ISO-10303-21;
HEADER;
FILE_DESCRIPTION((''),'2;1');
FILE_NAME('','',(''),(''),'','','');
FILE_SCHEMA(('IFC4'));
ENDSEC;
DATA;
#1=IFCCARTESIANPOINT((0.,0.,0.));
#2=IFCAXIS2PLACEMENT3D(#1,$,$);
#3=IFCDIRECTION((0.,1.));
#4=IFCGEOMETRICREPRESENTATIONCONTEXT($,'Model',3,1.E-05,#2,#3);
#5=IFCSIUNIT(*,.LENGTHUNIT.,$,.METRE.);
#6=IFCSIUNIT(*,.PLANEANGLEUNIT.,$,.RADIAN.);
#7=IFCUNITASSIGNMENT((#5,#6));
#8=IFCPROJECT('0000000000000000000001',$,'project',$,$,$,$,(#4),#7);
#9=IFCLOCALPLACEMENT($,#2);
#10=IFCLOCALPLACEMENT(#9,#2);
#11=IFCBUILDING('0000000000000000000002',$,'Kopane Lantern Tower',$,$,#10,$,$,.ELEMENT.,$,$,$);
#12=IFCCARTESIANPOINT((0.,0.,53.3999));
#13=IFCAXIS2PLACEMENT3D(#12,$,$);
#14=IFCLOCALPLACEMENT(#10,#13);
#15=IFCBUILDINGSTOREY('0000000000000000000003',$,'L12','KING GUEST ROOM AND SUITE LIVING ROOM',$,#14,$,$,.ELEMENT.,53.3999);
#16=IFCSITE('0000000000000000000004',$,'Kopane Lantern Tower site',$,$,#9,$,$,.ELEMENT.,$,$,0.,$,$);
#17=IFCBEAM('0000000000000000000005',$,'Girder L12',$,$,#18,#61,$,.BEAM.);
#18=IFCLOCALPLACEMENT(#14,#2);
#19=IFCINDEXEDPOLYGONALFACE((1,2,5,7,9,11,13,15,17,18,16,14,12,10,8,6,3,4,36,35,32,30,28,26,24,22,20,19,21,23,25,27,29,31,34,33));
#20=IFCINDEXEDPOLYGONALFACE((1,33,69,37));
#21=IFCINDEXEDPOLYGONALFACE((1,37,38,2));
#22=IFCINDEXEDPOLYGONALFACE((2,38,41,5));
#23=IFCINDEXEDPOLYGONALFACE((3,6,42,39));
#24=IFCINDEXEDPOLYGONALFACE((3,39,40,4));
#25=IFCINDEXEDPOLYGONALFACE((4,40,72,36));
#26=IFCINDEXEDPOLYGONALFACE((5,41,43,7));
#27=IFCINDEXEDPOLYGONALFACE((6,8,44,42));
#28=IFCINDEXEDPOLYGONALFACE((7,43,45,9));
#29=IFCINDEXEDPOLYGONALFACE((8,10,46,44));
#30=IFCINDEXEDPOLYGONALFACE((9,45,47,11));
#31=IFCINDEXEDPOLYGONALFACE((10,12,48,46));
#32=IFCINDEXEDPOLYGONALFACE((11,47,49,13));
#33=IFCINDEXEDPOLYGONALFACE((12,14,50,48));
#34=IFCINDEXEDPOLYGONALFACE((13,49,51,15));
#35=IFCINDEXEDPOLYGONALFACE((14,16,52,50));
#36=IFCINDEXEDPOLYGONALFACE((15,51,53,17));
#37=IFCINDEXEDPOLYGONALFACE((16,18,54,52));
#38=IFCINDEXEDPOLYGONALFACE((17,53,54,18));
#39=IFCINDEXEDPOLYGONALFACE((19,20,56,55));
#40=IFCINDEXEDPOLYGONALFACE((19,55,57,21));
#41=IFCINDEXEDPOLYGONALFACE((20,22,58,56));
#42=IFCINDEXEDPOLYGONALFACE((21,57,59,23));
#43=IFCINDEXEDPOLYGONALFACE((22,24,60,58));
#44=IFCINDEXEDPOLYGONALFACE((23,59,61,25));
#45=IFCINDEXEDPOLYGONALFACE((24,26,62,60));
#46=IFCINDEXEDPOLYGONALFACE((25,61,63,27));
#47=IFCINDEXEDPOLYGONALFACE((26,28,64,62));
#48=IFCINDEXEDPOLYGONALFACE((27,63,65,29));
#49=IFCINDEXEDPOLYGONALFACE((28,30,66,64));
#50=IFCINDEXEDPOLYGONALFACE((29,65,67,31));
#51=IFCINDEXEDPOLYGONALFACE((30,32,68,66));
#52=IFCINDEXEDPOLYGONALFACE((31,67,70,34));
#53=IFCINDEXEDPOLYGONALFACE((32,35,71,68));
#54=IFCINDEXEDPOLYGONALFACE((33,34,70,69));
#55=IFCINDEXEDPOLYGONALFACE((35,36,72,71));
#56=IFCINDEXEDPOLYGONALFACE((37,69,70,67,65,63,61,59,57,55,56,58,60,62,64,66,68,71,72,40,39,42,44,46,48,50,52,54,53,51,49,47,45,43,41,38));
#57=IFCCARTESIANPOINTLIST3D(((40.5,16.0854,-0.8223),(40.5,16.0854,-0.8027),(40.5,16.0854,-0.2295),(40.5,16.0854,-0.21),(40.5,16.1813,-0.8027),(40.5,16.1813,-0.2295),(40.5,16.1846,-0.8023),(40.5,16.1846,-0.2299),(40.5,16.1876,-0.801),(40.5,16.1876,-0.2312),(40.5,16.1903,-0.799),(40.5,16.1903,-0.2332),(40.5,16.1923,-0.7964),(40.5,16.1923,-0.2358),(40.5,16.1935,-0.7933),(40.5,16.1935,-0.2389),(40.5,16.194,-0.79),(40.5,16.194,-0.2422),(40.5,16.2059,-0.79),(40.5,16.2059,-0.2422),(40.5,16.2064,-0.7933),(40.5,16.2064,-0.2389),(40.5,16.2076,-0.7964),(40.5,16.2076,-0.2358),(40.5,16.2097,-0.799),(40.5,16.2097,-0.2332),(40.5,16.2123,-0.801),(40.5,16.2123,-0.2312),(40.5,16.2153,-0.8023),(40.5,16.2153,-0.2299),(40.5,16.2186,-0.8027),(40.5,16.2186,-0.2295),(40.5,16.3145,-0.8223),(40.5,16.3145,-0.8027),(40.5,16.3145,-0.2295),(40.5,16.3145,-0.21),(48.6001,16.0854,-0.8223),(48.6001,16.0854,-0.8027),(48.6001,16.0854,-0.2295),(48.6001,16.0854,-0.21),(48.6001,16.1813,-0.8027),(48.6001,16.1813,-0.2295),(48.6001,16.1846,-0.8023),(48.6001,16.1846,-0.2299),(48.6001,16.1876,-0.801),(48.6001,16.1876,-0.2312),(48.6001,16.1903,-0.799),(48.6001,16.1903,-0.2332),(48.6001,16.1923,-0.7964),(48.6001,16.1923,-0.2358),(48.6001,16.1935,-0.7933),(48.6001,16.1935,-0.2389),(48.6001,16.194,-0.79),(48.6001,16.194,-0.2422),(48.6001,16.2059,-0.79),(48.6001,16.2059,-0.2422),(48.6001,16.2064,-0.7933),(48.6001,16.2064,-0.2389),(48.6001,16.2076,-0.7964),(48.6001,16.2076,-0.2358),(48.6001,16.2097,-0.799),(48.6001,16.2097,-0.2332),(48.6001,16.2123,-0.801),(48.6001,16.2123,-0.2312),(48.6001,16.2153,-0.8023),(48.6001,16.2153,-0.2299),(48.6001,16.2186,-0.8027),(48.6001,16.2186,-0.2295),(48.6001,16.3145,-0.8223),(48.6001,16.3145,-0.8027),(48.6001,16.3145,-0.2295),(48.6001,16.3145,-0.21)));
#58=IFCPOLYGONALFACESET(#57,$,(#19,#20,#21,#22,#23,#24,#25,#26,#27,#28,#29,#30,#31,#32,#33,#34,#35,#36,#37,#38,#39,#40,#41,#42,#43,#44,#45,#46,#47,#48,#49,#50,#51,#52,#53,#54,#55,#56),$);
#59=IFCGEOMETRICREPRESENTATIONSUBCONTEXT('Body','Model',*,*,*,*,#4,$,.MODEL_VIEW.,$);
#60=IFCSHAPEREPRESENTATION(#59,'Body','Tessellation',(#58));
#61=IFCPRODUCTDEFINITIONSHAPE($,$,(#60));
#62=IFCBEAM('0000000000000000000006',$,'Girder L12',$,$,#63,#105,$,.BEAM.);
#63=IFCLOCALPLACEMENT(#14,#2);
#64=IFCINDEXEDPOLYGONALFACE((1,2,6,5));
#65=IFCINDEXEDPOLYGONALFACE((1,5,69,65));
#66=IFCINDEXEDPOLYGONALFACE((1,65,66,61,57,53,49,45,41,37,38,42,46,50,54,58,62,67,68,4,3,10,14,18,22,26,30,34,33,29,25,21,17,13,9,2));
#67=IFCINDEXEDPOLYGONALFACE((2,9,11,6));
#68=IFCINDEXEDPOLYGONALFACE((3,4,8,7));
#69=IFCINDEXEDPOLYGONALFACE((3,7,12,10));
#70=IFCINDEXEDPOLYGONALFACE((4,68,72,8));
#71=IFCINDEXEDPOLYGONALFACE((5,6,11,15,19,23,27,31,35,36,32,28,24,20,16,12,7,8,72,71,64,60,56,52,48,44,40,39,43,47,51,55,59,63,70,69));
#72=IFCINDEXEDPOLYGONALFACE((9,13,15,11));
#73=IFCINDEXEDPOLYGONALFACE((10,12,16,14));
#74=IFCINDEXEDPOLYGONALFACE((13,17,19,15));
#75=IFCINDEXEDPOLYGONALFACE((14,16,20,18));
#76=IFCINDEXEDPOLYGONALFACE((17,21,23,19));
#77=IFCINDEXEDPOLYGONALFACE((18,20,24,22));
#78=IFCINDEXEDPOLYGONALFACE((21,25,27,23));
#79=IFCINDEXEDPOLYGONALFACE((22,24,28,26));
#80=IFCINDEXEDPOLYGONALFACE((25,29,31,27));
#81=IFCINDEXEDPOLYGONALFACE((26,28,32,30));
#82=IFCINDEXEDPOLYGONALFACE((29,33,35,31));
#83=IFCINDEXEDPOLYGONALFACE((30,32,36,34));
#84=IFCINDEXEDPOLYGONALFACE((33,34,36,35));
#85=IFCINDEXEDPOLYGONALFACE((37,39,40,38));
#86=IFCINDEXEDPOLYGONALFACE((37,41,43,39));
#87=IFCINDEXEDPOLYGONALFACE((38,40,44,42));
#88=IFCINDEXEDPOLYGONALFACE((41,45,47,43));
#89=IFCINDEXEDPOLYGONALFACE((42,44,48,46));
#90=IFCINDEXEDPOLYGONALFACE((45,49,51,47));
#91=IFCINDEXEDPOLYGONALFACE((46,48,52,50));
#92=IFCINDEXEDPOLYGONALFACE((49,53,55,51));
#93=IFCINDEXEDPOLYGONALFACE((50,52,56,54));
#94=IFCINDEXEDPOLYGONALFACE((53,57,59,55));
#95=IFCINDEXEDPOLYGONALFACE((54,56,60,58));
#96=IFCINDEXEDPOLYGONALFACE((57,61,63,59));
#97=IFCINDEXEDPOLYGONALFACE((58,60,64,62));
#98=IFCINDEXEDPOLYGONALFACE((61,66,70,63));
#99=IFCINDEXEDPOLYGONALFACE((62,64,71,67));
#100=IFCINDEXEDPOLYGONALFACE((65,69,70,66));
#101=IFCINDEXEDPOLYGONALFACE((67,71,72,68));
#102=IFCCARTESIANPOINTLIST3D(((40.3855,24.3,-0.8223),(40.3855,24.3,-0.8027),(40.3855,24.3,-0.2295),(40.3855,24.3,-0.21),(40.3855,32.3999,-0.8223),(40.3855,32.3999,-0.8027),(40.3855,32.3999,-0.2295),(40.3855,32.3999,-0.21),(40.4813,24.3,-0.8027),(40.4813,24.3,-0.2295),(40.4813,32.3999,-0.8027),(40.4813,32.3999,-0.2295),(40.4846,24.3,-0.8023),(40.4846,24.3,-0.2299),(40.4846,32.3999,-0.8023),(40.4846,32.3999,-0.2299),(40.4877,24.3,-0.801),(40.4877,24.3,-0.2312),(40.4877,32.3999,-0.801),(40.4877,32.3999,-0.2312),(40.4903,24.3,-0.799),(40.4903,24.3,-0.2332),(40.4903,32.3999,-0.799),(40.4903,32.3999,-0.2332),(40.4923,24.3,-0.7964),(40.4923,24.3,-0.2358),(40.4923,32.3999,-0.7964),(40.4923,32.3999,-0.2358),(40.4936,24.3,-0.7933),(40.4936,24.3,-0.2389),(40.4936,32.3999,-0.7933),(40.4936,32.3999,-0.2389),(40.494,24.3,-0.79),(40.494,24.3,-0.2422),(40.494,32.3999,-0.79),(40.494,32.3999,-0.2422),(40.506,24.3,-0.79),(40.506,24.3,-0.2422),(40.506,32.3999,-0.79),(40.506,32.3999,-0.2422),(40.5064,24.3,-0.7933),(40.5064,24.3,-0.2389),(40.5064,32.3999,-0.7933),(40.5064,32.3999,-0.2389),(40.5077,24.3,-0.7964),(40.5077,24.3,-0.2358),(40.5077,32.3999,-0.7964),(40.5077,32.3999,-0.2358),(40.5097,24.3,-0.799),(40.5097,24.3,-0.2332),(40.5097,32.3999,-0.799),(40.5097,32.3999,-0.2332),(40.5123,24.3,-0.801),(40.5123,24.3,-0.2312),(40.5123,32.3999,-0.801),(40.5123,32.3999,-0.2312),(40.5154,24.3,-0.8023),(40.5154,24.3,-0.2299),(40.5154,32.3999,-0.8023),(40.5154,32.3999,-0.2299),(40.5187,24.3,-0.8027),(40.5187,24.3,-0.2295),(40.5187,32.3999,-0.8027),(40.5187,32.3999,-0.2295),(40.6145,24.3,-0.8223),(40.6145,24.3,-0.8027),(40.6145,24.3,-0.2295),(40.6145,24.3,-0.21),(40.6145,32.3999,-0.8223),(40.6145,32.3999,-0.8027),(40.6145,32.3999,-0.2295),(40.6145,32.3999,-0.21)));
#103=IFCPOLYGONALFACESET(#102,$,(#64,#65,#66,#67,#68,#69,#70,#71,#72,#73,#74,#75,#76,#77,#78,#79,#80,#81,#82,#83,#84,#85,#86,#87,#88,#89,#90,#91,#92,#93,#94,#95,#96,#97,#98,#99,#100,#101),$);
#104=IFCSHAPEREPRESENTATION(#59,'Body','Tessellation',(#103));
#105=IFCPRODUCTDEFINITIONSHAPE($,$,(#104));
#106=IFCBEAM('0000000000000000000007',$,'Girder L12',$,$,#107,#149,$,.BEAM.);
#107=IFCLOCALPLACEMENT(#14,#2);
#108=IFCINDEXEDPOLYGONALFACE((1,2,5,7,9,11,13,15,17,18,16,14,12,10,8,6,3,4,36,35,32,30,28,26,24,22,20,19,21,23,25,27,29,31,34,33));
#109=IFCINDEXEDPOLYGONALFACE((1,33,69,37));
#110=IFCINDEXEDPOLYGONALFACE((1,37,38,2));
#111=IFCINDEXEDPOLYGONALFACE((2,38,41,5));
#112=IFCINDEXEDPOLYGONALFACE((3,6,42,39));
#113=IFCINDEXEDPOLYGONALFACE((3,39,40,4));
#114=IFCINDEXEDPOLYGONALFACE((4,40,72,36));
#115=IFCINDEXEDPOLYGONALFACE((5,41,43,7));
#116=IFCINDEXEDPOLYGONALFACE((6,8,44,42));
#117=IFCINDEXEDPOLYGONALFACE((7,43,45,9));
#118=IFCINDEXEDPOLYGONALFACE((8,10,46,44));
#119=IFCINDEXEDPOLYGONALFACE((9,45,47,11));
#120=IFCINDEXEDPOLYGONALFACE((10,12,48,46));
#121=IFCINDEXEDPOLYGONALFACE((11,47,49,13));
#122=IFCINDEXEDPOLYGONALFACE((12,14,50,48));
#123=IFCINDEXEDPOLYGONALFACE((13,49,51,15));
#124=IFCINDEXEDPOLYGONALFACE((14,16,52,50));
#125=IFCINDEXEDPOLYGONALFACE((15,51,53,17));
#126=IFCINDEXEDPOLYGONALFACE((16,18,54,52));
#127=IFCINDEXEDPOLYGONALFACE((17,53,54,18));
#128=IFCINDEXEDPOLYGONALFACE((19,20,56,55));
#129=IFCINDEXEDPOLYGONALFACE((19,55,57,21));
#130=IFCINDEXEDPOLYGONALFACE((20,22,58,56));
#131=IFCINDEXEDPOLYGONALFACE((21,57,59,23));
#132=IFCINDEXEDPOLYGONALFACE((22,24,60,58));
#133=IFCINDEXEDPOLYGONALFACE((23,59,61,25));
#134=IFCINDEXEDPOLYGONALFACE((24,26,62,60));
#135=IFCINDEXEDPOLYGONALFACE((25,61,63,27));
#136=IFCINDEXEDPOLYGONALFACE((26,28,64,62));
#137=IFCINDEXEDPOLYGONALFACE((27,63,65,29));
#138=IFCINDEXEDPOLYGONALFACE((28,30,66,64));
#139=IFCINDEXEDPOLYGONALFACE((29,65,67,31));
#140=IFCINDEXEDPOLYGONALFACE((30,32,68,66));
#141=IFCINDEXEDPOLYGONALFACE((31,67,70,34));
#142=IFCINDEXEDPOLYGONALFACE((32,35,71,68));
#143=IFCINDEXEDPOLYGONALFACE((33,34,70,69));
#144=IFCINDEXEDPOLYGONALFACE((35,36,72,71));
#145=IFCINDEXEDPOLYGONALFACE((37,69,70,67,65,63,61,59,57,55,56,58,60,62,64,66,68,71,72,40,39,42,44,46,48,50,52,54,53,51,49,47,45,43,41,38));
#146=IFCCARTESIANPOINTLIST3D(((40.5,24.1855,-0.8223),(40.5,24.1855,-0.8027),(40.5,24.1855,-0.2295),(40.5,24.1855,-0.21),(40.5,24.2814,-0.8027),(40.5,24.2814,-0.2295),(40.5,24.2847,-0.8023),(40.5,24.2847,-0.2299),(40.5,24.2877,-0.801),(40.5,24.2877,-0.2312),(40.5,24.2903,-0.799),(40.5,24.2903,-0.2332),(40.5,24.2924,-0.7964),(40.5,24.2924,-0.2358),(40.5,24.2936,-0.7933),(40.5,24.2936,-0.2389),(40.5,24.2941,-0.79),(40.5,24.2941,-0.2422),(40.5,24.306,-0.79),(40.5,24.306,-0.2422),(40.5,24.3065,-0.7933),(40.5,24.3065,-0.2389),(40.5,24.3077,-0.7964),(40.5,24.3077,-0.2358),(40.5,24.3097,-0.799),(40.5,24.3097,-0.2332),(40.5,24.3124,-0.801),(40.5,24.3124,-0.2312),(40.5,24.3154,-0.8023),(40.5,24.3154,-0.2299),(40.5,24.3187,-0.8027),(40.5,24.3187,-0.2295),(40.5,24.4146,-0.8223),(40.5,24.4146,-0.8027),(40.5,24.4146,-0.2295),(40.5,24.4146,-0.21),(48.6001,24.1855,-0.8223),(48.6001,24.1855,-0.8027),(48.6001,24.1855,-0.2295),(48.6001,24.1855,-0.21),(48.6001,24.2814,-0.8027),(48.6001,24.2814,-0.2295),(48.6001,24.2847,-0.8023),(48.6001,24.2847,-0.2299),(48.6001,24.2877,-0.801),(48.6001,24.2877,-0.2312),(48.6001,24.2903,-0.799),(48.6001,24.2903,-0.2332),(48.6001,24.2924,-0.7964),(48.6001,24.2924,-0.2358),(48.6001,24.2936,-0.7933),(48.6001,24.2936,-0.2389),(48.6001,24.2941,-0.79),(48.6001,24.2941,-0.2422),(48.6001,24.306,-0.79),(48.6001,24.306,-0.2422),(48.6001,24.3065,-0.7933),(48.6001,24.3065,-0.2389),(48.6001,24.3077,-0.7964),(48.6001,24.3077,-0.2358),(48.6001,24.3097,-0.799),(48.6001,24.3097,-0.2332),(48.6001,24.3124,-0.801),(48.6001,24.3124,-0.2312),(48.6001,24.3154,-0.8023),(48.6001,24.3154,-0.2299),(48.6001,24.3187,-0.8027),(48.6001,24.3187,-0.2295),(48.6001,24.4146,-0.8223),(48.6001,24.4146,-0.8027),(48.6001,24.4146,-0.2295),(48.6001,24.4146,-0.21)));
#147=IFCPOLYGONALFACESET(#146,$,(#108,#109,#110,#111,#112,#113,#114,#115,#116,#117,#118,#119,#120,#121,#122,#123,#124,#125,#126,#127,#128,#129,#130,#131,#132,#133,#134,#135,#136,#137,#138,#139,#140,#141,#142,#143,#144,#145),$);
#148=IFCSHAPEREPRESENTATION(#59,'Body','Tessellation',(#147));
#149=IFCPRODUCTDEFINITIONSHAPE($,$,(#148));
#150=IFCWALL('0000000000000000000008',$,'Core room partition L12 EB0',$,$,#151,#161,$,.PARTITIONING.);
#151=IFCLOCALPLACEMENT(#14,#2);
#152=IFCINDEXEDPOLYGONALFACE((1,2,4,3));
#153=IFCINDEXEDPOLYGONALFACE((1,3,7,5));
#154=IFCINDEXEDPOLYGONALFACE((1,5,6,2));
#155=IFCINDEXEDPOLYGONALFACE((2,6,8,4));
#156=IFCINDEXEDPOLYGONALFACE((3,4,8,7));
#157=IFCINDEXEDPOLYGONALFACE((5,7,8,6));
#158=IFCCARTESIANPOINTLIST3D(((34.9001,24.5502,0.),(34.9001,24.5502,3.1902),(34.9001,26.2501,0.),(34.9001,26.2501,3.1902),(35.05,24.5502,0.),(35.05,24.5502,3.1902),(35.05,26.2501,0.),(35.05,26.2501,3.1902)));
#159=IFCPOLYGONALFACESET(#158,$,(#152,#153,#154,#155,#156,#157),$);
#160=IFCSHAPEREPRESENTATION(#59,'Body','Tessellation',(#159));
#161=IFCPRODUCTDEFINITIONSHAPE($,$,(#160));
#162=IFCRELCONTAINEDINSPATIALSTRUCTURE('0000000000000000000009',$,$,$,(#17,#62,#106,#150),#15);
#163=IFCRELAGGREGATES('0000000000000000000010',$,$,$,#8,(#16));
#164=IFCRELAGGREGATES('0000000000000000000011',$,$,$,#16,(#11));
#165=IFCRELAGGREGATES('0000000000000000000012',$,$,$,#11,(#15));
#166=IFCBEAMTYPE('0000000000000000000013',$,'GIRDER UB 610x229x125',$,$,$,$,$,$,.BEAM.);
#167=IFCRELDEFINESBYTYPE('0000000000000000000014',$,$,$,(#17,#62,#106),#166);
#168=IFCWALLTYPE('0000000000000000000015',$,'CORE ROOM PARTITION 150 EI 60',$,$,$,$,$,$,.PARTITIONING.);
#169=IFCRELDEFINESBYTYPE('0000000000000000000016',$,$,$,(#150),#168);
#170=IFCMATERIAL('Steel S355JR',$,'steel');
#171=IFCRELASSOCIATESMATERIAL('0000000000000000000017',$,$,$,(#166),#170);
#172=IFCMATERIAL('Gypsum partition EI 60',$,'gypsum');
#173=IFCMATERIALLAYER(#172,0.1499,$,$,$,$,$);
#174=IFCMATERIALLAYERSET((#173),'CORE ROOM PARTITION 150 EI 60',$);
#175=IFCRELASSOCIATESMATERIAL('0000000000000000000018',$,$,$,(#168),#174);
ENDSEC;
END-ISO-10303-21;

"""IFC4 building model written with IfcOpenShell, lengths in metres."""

from ifc_helpers import new_model, si_unit, direction, frame, frame_2d, origin, origin_2d, place, context, subcontext, project, spatial, rectangle, i_section, extrude, material, layer, layer_set, material_profile, profile_set, type_object, element, save


model = new_model("IFC4")

# Units and contexts
model_context = context("Model", 3, precision=1e-05, world=origin(), true_north=direction((0.0, 1.0)))
body_context = subcontext(model_context, "Body", "Model", "MODEL_VIEW")
ifc_project = project(units=[si_unit("LENGTHUNIT", "METRE"), si_unit("PLANEANGLEUNIT", "RADIAN")], contexts=[model_context])

# Site, building, storey
site_placement = place(None, origin())
site = spatial("IfcSite", under=ifc_project, at=site_placement, Name="Kopane Lantern Tower site", CompositionType="ELEMENT", RefElevation=0.0)
building_placement = place(site_placement, origin())
building = spatial("IfcBuilding", under=site, at=building_placement, Name="Kopane Lantern Tower", CompositionType="ELEMENT")
storey_placement = place(building_placement, frame((0.0, 0.0, 53.3999)))
storey = spatial("IfcBuildingStorey", under=building, at=storey_placement, Name="L12", Description="KING GUEST ROOM AND SUITE LIVING ROOM", CompositionType="ELEMENT", Elevation=53.3999)

# Beams
ifc_material_1 = material(Name="Steel S355JR", Category="steel")
ifc_material_profile_1 = material_profile(ifc_material_1, i_section(OverallWidth=0.229, OverallDepth=0.6123, WebThickness=0.012, FlangeThickness=0.0195, FilletRadius=0.0127, at=origin_2d()), Name="UB 610x229x125")
ifc_profile_set_1 = profile_set([ifc_material_profile_1], Name="Steel S355JR")
beam_type_1 = type_object("IfcBeamType", Name="GIRDER UB 610x229x125", PredefinedType="BEAM", material=ifc_profile_set_1)
for number, where, z_axis, x_axis, name in (
    (1, (40.5, 16.2, -0.5161), (1.0, 0.0, 0.0), (0.0, 1.0, 0.0), "Girder L12"),
):
    element("IfcBeam", number, at=place(storey_placement, frame(where, z_axis=z_axis, x_axis=x_axis)), inside=storey, type_object=beam_type_1, Name=name, PredefinedType="BEAM", context=body_context, shape_type="SweptSolid", body=[
        extrude(i_section(OverallWidth=0.229, OverallDepth=0.6123, WebThickness=0.012, FlangeThickness=0.0195, FilletRadius=0.0127, at=origin_2d()), origin(), (0.0, 0.0, 1.0), 8.1001),
    ])
beam_1_placement = place(storey_placement, frame((40.5, 24.3, -0.5161), z_axis=(0.0, 1.0, 0.0), x_axis=(-1.0, 0.0, 0.0)))
element("IfcBeam", 2, at=beam_1_placement, inside=storey, type_object=beam_type_1, Name="Girder L12", PredefinedType="BEAM", context=body_context, shape_type="SweptSolid", body=[
    extrude(i_section(OverallWidth=0.229, OverallDepth=0.6123, WebThickness=0.012, FlangeThickness=0.0195, FilletRadius=0.0127, at=origin_2d()), origin(), (0.0, 0.0, 1.0), 8.0999),
])
beam_2_placement = place(storey_placement, frame((40.5, 24.3, -0.5161), z_axis=(1.0, 0.0, 0.0), x_axis=(0.0, 1.0, 0.0)))
element("IfcBeam", 3, at=beam_2_placement, inside=storey, type_object=beam_type_1, Name="Girder L12", PredefinedType="BEAM", context=body_context, shape_type="SweptSolid", body=[
    extrude(i_section(OverallWidth=0.229, OverallDepth=0.6123, WebThickness=0.012, FlangeThickness=0.0195, FilletRadius=0.0127, at=origin_2d()), origin(), (0.0, 0.0, 1.0), 8.1001),
])

# Wall
ifc_material_2 = material(Name="Gypsum partition EI 60", Category="gypsum")
ifc_layer_1 = layer(ifc_material_2, 0.1499)
ifc_layer_set_1 = layer_set([ifc_layer_1], Name="CORE ROOM PARTITION 150 EI 60")
wall_type_1 = type_object("IfcWallType", Name="CORE ROOM PARTITION 150 EI 60", PredefinedType="PARTITIONING", material=ifc_layer_set_1)
wall_1_placement = place(storey_placement, frame((34.9751, 24.55, 0.0), z_axis=(0.0, 0.0, 1.0), x_axis=(0.0, 1.0, 0.0)))
element("IfcWall", 4, at=wall_1_placement, inside=storey, type_object=wall_type_1, Name="Core room partition L12 EB0", PredefinedType="PARTITIONING", context=body_context, shape_type="SweptSolid", body=[
    extrude(rectangle(XDim=1.7, YDim=0.1499, at=frame_2d((0.8501, 0.0))), origin(), (0.0, 0.0, 1.0), 3.1902),
])

save(model, "model.ifc")
